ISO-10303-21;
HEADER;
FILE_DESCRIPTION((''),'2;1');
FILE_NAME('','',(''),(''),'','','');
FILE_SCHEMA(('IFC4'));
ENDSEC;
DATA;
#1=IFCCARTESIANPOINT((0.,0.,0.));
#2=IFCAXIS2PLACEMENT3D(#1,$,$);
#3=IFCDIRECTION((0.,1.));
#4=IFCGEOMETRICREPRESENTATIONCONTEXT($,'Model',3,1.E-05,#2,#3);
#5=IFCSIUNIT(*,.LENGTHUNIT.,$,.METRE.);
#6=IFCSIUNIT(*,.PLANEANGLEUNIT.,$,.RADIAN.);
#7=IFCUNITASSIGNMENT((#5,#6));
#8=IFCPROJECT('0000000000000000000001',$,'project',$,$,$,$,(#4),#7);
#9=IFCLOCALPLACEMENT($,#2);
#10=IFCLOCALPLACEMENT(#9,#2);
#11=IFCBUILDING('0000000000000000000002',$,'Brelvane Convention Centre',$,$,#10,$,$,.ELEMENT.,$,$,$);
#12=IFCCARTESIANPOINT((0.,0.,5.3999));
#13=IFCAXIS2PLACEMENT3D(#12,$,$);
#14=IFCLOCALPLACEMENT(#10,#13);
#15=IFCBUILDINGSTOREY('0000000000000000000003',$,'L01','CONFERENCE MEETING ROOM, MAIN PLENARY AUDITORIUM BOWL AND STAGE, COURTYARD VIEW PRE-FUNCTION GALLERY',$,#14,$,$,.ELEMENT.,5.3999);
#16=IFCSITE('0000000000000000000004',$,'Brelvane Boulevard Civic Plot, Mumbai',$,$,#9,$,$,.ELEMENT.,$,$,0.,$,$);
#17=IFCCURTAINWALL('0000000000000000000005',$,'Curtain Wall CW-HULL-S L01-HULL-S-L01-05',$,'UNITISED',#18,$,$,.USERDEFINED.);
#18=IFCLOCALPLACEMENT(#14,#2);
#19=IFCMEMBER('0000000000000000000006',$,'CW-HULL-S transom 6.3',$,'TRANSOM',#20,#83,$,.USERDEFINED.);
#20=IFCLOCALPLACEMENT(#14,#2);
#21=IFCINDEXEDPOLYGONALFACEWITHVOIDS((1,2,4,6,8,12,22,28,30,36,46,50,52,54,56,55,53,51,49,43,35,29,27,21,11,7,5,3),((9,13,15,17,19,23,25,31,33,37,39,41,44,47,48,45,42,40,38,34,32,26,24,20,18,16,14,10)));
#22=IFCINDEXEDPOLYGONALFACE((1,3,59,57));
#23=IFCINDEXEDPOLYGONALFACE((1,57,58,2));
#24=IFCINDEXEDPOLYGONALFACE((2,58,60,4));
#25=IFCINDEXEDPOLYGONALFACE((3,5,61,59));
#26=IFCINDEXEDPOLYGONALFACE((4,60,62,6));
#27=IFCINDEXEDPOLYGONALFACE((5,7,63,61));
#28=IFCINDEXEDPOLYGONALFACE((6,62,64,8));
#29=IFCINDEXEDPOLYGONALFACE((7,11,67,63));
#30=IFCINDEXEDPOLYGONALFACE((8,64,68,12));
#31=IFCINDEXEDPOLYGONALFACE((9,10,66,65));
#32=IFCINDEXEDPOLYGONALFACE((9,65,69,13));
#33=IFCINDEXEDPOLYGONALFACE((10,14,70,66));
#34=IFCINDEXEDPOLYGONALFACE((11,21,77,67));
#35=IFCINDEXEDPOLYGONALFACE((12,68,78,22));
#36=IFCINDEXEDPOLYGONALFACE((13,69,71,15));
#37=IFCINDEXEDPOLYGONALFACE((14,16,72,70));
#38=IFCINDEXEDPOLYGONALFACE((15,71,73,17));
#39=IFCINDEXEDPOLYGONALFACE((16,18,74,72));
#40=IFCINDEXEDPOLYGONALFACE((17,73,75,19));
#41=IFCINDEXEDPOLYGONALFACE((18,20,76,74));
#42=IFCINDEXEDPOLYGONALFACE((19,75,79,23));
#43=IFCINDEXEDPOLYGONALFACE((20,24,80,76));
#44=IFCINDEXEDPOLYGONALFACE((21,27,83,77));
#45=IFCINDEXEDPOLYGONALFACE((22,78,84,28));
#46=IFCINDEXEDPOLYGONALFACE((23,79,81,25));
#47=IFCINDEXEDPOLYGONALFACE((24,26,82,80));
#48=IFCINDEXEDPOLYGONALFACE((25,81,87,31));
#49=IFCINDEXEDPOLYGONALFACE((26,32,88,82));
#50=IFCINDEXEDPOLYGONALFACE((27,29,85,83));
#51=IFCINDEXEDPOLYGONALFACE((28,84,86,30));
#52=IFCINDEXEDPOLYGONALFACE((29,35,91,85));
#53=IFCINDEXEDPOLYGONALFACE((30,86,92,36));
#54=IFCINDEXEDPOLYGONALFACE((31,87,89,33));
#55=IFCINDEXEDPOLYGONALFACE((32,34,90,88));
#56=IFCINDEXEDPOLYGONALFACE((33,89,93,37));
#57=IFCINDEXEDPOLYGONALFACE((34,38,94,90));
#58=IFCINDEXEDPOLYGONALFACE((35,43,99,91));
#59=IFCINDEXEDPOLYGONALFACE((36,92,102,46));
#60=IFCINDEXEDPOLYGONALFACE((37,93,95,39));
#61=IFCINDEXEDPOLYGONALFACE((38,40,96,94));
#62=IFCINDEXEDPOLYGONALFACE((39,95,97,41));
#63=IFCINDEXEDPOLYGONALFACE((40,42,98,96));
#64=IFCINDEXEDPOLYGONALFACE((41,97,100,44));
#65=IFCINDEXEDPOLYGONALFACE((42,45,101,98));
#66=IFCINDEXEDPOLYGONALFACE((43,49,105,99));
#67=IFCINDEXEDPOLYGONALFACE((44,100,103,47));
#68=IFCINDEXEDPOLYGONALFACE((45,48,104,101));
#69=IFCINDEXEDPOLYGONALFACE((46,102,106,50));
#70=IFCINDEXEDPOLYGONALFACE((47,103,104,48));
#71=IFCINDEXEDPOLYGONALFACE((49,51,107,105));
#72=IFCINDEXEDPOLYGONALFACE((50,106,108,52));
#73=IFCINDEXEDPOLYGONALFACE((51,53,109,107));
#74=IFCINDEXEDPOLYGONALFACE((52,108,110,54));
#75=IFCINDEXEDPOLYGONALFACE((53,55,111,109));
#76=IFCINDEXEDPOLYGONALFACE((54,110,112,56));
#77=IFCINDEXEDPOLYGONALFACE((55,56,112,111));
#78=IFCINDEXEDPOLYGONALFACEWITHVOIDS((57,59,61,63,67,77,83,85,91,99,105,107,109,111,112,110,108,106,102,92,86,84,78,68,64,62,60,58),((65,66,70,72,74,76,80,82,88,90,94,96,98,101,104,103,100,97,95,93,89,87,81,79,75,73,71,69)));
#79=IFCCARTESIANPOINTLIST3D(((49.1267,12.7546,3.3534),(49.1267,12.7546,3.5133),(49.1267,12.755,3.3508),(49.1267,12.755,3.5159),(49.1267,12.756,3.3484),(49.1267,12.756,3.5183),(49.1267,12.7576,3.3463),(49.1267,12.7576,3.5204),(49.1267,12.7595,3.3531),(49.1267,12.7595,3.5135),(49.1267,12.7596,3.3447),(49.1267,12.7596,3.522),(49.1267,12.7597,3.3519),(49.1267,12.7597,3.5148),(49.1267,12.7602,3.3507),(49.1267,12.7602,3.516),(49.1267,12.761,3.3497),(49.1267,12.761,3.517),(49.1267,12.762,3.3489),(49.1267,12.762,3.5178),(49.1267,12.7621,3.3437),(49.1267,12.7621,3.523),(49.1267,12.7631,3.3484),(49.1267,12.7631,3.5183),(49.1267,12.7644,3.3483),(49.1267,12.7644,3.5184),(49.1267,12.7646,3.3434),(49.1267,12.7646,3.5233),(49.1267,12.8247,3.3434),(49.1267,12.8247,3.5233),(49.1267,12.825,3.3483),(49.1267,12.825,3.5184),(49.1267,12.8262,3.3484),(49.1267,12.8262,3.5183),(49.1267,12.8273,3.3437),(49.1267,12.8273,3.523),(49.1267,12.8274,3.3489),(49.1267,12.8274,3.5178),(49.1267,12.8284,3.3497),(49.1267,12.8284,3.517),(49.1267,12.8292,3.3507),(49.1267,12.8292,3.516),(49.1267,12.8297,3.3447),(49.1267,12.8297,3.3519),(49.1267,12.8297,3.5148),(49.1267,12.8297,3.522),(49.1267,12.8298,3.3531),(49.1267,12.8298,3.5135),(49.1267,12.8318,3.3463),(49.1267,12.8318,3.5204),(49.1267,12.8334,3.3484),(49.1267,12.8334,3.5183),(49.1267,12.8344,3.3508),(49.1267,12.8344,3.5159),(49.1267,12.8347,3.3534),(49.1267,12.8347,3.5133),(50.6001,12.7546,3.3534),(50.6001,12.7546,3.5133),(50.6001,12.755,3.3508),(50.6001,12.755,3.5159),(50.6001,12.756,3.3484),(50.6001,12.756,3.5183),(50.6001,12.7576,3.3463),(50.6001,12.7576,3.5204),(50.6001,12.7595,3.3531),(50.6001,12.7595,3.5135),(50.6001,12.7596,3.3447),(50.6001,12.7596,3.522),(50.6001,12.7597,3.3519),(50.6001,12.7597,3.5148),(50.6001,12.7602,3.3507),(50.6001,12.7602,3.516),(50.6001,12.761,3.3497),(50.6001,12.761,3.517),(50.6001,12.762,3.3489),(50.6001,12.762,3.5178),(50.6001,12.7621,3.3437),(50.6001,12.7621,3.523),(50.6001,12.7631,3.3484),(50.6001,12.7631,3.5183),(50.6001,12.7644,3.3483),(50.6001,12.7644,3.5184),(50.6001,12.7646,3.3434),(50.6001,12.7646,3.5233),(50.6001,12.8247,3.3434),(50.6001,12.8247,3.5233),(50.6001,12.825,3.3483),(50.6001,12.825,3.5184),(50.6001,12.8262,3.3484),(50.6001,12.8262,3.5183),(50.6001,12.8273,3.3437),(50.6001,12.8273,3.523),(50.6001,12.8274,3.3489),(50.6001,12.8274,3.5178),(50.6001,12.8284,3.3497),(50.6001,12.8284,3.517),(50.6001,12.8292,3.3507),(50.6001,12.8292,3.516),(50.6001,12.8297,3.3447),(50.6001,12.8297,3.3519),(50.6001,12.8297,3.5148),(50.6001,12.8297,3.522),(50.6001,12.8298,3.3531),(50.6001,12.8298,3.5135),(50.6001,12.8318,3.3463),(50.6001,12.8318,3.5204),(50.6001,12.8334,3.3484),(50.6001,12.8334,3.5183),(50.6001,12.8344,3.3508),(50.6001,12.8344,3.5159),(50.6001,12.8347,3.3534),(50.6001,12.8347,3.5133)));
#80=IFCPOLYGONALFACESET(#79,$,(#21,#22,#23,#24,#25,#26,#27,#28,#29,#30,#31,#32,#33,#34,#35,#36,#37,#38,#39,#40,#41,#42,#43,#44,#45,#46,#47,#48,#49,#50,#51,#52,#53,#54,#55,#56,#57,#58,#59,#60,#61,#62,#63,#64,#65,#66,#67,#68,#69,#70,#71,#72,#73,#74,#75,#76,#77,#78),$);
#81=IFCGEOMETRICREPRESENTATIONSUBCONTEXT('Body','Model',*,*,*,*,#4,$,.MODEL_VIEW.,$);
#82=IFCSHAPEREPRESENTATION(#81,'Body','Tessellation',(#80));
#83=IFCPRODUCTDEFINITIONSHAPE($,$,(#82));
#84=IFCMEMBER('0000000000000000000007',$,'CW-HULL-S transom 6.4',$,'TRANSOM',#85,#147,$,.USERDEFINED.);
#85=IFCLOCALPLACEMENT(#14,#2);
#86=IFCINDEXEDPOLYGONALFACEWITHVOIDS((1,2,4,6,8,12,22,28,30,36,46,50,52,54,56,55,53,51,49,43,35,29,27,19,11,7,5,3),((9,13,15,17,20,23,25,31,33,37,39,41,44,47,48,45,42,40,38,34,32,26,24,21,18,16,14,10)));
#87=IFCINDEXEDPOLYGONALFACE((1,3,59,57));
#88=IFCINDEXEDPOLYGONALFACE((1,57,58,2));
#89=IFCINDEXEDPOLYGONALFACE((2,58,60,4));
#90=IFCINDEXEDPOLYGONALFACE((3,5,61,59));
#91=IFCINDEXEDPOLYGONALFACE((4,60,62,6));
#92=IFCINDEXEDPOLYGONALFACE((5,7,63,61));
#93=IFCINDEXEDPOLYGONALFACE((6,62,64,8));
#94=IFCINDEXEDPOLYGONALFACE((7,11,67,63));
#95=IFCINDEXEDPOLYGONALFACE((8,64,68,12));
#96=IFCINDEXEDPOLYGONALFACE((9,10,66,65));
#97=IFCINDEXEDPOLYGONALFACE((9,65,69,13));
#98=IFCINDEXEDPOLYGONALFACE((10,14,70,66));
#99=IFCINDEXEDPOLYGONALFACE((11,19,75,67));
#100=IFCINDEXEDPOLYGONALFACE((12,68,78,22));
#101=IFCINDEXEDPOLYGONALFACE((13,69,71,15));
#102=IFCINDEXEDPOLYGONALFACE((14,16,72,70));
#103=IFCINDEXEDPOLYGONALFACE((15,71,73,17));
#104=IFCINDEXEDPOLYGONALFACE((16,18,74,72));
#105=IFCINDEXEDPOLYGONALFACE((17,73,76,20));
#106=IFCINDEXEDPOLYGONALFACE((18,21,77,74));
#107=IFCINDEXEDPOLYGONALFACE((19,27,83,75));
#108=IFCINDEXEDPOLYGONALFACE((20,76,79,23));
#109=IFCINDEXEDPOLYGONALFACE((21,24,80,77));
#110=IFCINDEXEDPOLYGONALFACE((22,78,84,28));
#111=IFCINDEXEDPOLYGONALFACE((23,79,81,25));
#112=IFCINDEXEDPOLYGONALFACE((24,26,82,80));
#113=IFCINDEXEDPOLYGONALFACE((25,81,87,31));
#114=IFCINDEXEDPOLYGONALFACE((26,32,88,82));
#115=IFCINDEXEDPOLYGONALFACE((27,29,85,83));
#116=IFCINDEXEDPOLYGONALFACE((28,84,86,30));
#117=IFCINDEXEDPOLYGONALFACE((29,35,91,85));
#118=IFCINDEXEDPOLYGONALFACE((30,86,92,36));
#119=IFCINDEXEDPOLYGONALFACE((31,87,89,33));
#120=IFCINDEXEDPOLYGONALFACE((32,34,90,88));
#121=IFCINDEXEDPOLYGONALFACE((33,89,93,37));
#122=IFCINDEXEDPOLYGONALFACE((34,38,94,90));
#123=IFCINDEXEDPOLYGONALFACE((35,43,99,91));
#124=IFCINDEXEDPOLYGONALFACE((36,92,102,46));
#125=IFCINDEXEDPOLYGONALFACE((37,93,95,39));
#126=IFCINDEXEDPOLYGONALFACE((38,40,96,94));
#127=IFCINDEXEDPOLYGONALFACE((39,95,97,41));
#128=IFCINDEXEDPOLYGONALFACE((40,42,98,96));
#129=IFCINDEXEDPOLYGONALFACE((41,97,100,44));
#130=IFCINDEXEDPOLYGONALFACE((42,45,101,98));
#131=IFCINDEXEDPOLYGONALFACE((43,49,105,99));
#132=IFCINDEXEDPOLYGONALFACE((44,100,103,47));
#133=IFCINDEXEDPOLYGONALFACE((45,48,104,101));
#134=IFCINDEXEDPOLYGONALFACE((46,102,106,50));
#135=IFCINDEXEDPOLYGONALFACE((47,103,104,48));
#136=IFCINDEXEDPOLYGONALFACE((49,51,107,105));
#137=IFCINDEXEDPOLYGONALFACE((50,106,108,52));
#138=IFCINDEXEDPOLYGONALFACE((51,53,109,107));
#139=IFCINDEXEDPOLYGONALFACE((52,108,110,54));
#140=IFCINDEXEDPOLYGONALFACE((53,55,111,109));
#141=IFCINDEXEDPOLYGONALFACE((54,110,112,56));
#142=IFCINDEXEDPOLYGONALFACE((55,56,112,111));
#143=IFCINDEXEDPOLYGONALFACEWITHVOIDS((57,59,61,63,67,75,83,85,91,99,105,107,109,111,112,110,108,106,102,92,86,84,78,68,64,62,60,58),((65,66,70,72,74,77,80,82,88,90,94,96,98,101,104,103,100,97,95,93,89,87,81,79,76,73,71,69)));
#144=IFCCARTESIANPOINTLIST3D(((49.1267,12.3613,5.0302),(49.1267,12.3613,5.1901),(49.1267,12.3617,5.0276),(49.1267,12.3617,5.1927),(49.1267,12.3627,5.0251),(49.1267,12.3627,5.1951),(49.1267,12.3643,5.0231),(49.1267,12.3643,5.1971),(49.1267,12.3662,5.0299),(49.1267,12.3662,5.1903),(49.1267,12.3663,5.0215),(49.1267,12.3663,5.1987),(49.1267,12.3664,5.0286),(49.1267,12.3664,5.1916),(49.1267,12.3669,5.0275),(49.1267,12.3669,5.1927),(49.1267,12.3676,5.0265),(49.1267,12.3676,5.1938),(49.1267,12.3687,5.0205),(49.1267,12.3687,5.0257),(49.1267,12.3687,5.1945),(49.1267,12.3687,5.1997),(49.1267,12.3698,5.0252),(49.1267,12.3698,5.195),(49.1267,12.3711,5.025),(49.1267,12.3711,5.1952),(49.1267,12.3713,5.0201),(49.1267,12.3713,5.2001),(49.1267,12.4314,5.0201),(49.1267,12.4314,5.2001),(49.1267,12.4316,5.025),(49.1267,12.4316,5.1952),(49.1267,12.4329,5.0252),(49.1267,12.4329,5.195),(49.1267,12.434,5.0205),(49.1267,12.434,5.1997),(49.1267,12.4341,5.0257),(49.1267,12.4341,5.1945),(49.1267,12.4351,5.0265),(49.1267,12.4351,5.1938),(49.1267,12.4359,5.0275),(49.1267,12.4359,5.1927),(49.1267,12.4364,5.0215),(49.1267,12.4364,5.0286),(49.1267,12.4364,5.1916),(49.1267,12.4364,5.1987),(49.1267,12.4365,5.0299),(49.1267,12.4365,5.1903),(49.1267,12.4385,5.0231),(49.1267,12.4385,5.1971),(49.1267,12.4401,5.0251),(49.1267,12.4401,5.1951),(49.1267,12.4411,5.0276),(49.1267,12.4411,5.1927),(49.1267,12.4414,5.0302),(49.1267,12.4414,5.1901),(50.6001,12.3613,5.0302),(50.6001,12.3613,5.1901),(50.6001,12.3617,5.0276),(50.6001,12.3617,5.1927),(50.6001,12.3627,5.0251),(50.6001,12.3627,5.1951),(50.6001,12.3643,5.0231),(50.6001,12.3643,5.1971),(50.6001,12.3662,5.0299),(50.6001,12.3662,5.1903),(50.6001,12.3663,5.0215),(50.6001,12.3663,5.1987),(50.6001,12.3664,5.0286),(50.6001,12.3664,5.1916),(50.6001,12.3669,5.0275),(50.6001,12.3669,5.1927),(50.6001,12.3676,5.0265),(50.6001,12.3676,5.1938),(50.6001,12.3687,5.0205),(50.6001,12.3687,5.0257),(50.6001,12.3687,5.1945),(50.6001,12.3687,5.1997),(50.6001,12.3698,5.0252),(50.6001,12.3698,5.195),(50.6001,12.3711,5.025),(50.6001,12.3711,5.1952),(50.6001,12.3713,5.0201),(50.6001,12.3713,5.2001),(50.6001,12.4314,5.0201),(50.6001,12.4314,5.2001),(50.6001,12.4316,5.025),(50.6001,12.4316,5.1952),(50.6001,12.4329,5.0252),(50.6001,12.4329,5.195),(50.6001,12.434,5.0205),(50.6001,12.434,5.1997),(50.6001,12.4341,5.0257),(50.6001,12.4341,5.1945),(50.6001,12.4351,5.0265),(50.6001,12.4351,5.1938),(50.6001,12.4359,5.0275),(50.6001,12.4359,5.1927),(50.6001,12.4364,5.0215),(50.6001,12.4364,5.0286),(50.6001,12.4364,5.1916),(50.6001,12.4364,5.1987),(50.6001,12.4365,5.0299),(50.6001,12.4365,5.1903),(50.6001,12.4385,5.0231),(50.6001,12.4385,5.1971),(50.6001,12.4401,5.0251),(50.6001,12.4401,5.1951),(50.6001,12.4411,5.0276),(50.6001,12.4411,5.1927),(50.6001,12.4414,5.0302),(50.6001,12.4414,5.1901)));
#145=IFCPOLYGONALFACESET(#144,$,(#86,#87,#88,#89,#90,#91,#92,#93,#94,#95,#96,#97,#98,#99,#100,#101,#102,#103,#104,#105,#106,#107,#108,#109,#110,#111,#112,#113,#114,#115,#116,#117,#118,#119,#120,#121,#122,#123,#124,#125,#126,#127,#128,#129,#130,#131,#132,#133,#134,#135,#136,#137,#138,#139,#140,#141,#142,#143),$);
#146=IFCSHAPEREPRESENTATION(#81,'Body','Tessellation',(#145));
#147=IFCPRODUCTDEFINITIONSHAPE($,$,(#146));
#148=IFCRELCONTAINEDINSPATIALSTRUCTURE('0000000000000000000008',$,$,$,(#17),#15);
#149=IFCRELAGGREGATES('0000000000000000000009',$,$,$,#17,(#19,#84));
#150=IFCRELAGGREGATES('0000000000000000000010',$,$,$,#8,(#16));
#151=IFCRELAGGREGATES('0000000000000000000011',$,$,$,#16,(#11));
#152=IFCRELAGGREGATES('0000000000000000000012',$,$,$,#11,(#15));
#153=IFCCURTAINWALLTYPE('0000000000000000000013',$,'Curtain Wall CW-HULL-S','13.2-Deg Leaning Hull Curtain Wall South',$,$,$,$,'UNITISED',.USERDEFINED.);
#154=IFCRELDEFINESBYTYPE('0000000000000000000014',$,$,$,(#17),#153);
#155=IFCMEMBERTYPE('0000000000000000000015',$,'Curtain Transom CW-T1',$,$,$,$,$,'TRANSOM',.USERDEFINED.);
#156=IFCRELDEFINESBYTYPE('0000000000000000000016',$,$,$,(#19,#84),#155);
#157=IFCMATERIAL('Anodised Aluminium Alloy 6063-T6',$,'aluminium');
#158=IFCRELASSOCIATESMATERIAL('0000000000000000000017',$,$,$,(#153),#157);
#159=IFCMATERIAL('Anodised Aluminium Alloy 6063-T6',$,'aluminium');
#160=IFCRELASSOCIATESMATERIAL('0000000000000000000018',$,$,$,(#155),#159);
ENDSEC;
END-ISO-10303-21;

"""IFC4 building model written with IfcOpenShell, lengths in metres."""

from ifc_helpers import new_model, si_unit, direction, frame, origin, origin_2d, place, context, subcontext, project, spatial, hollow_rectangle, extrude, material, material_profile, profile_set, type_object, element, aggregate, save


model = new_model("IFC4")

# Units and contexts
model_context = context("Model", 3, precision=1e-05, world=origin(), true_north=direction((0.0, 1.0)))
body_context = subcontext(model_context, "Body", "Model", "MODEL_VIEW")
ifc_project = project(units=[si_unit("LENGTHUNIT", "METRE"), si_unit("PLANEANGLEUNIT", "RADIAN")], contexts=[model_context])

# Site, building, storey
site_placement = place(None, origin())
site = spatial("IfcSite", under=ifc_project, at=site_placement, Name="Brelvane Boulevard Civic Plot, Mumbai", CompositionType="ELEMENT", RefElevation=0.0)
building_placement = place(site_placement, origin())
building = spatial("IfcBuilding", under=site, at=building_placement, Name="Brelvane Convention Centre", CompositionType="ELEMENT")
storey_placement = place(building_placement, frame((0.0, 0.0, 5.3999)))
storey = spatial("IfcBuildingStorey", under=building, at=storey_placement, Name="L01", Description="CONFERENCE MEETING ROOM, MAIN PLENARY AUDITORIUM BOWL AND STAGE, COURTYARD VIEW PRE-FUNCTION GALLERY", CompositionType="ELEMENT", Elevation=5.3999)

# Curtain wall, members
ifc_material_1 = material(Name="Anodised Aluminium Alloy 6063-T6", Category="aluminium")
curtain_wall_type = type_object("IfcCurtainWallType", Name="Curtain Wall CW-HULL-S", Description="13.2-Deg Leaning Hull Curtain Wall South", ElementType="UNITISED", PredefinedType="USERDEFINED", material=ifc_material_1)
curtain_wall_1_placement = place(storey_placement, origin())
curtain_wall_1 = element("IfcCurtainWall", 1, at=curtain_wall_1_placement, inside=storey, type_object=curtain_wall_type, Name="Curtain Wall CW-HULL-S L01-HULL-S-L01-05", ObjectType="UNITISED", PredefinedType="USERDEFINED")
ifc_material_2 = material(Name="Anodised Aluminium Alloy 6063-T6", Category="aluminium")
ifc_material_profile = material_profile(ifc_material_2, hollow_rectangle(XDim=0.0801, YDim=0.1799, WallThickness=0.0049, InnerFilletRadius=0.0049, OuterFilletRadius=0.01, at=origin_2d()), Name="ALU-T 180x80x5.0")
ifc_profile_set = profile_set([ifc_material_profile], Name="Anodised Aluminium Alloy 6063-T6")
member_type = type_object("IfcMemberType", Name="Curtain Transom CW-T1", ElementType="TRANSOM", PredefinedType="USERDEFINED", material=ifc_profile_set)
member_1_placement = place(storey_placement, frame((49.1267, 12.7947, 3.4333), z_axis=(1.0, 0.0, 0.0), x_axis=(0.0, 1.0, 0.0)))
member_1 = element("IfcMember", 2, at=member_1_placement, type_object=member_type, Name="CW-HULL-S transom 6.3", ObjectType="TRANSOM", PredefinedType="USERDEFINED", context=body_context, shape_type="SweptSolid", body=[
    extrude(hollow_rectangle(XDim=0.0801, YDim=0.1799, WallThickness=0.0049, InnerFilletRadius=0.0049, OuterFilletRadius=0.01, at=origin_2d()), origin(), (0.0, 0.0, 1.0), 1.4734),
])
member_2_placement = place(storey_placement, frame((49.1267, 12.4014, 5.1101), z_axis=(1.0, 0.0, 0.0), x_axis=(0.0, 1.0, 0.0)))
member_2 = element("IfcMember", 3, at=member_2_placement, type_object=member_type, Name="CW-HULL-S transom 6.4", ObjectType="TRANSOM", PredefinedType="USERDEFINED", context=body_context, shape_type="SweptSolid", body=[
    extrude(hollow_rectangle(XDim=0.0801, YDim=0.1799, WallThickness=0.0049, InnerFilletRadius=0.0049, OuterFilletRadius=0.01, at=origin_2d()), origin(), (0.0, 0.0, 1.0), 1.4734),
])

aggregate(curtain_wall_1, [member_1, member_2])

save(model, "model.ifc")
